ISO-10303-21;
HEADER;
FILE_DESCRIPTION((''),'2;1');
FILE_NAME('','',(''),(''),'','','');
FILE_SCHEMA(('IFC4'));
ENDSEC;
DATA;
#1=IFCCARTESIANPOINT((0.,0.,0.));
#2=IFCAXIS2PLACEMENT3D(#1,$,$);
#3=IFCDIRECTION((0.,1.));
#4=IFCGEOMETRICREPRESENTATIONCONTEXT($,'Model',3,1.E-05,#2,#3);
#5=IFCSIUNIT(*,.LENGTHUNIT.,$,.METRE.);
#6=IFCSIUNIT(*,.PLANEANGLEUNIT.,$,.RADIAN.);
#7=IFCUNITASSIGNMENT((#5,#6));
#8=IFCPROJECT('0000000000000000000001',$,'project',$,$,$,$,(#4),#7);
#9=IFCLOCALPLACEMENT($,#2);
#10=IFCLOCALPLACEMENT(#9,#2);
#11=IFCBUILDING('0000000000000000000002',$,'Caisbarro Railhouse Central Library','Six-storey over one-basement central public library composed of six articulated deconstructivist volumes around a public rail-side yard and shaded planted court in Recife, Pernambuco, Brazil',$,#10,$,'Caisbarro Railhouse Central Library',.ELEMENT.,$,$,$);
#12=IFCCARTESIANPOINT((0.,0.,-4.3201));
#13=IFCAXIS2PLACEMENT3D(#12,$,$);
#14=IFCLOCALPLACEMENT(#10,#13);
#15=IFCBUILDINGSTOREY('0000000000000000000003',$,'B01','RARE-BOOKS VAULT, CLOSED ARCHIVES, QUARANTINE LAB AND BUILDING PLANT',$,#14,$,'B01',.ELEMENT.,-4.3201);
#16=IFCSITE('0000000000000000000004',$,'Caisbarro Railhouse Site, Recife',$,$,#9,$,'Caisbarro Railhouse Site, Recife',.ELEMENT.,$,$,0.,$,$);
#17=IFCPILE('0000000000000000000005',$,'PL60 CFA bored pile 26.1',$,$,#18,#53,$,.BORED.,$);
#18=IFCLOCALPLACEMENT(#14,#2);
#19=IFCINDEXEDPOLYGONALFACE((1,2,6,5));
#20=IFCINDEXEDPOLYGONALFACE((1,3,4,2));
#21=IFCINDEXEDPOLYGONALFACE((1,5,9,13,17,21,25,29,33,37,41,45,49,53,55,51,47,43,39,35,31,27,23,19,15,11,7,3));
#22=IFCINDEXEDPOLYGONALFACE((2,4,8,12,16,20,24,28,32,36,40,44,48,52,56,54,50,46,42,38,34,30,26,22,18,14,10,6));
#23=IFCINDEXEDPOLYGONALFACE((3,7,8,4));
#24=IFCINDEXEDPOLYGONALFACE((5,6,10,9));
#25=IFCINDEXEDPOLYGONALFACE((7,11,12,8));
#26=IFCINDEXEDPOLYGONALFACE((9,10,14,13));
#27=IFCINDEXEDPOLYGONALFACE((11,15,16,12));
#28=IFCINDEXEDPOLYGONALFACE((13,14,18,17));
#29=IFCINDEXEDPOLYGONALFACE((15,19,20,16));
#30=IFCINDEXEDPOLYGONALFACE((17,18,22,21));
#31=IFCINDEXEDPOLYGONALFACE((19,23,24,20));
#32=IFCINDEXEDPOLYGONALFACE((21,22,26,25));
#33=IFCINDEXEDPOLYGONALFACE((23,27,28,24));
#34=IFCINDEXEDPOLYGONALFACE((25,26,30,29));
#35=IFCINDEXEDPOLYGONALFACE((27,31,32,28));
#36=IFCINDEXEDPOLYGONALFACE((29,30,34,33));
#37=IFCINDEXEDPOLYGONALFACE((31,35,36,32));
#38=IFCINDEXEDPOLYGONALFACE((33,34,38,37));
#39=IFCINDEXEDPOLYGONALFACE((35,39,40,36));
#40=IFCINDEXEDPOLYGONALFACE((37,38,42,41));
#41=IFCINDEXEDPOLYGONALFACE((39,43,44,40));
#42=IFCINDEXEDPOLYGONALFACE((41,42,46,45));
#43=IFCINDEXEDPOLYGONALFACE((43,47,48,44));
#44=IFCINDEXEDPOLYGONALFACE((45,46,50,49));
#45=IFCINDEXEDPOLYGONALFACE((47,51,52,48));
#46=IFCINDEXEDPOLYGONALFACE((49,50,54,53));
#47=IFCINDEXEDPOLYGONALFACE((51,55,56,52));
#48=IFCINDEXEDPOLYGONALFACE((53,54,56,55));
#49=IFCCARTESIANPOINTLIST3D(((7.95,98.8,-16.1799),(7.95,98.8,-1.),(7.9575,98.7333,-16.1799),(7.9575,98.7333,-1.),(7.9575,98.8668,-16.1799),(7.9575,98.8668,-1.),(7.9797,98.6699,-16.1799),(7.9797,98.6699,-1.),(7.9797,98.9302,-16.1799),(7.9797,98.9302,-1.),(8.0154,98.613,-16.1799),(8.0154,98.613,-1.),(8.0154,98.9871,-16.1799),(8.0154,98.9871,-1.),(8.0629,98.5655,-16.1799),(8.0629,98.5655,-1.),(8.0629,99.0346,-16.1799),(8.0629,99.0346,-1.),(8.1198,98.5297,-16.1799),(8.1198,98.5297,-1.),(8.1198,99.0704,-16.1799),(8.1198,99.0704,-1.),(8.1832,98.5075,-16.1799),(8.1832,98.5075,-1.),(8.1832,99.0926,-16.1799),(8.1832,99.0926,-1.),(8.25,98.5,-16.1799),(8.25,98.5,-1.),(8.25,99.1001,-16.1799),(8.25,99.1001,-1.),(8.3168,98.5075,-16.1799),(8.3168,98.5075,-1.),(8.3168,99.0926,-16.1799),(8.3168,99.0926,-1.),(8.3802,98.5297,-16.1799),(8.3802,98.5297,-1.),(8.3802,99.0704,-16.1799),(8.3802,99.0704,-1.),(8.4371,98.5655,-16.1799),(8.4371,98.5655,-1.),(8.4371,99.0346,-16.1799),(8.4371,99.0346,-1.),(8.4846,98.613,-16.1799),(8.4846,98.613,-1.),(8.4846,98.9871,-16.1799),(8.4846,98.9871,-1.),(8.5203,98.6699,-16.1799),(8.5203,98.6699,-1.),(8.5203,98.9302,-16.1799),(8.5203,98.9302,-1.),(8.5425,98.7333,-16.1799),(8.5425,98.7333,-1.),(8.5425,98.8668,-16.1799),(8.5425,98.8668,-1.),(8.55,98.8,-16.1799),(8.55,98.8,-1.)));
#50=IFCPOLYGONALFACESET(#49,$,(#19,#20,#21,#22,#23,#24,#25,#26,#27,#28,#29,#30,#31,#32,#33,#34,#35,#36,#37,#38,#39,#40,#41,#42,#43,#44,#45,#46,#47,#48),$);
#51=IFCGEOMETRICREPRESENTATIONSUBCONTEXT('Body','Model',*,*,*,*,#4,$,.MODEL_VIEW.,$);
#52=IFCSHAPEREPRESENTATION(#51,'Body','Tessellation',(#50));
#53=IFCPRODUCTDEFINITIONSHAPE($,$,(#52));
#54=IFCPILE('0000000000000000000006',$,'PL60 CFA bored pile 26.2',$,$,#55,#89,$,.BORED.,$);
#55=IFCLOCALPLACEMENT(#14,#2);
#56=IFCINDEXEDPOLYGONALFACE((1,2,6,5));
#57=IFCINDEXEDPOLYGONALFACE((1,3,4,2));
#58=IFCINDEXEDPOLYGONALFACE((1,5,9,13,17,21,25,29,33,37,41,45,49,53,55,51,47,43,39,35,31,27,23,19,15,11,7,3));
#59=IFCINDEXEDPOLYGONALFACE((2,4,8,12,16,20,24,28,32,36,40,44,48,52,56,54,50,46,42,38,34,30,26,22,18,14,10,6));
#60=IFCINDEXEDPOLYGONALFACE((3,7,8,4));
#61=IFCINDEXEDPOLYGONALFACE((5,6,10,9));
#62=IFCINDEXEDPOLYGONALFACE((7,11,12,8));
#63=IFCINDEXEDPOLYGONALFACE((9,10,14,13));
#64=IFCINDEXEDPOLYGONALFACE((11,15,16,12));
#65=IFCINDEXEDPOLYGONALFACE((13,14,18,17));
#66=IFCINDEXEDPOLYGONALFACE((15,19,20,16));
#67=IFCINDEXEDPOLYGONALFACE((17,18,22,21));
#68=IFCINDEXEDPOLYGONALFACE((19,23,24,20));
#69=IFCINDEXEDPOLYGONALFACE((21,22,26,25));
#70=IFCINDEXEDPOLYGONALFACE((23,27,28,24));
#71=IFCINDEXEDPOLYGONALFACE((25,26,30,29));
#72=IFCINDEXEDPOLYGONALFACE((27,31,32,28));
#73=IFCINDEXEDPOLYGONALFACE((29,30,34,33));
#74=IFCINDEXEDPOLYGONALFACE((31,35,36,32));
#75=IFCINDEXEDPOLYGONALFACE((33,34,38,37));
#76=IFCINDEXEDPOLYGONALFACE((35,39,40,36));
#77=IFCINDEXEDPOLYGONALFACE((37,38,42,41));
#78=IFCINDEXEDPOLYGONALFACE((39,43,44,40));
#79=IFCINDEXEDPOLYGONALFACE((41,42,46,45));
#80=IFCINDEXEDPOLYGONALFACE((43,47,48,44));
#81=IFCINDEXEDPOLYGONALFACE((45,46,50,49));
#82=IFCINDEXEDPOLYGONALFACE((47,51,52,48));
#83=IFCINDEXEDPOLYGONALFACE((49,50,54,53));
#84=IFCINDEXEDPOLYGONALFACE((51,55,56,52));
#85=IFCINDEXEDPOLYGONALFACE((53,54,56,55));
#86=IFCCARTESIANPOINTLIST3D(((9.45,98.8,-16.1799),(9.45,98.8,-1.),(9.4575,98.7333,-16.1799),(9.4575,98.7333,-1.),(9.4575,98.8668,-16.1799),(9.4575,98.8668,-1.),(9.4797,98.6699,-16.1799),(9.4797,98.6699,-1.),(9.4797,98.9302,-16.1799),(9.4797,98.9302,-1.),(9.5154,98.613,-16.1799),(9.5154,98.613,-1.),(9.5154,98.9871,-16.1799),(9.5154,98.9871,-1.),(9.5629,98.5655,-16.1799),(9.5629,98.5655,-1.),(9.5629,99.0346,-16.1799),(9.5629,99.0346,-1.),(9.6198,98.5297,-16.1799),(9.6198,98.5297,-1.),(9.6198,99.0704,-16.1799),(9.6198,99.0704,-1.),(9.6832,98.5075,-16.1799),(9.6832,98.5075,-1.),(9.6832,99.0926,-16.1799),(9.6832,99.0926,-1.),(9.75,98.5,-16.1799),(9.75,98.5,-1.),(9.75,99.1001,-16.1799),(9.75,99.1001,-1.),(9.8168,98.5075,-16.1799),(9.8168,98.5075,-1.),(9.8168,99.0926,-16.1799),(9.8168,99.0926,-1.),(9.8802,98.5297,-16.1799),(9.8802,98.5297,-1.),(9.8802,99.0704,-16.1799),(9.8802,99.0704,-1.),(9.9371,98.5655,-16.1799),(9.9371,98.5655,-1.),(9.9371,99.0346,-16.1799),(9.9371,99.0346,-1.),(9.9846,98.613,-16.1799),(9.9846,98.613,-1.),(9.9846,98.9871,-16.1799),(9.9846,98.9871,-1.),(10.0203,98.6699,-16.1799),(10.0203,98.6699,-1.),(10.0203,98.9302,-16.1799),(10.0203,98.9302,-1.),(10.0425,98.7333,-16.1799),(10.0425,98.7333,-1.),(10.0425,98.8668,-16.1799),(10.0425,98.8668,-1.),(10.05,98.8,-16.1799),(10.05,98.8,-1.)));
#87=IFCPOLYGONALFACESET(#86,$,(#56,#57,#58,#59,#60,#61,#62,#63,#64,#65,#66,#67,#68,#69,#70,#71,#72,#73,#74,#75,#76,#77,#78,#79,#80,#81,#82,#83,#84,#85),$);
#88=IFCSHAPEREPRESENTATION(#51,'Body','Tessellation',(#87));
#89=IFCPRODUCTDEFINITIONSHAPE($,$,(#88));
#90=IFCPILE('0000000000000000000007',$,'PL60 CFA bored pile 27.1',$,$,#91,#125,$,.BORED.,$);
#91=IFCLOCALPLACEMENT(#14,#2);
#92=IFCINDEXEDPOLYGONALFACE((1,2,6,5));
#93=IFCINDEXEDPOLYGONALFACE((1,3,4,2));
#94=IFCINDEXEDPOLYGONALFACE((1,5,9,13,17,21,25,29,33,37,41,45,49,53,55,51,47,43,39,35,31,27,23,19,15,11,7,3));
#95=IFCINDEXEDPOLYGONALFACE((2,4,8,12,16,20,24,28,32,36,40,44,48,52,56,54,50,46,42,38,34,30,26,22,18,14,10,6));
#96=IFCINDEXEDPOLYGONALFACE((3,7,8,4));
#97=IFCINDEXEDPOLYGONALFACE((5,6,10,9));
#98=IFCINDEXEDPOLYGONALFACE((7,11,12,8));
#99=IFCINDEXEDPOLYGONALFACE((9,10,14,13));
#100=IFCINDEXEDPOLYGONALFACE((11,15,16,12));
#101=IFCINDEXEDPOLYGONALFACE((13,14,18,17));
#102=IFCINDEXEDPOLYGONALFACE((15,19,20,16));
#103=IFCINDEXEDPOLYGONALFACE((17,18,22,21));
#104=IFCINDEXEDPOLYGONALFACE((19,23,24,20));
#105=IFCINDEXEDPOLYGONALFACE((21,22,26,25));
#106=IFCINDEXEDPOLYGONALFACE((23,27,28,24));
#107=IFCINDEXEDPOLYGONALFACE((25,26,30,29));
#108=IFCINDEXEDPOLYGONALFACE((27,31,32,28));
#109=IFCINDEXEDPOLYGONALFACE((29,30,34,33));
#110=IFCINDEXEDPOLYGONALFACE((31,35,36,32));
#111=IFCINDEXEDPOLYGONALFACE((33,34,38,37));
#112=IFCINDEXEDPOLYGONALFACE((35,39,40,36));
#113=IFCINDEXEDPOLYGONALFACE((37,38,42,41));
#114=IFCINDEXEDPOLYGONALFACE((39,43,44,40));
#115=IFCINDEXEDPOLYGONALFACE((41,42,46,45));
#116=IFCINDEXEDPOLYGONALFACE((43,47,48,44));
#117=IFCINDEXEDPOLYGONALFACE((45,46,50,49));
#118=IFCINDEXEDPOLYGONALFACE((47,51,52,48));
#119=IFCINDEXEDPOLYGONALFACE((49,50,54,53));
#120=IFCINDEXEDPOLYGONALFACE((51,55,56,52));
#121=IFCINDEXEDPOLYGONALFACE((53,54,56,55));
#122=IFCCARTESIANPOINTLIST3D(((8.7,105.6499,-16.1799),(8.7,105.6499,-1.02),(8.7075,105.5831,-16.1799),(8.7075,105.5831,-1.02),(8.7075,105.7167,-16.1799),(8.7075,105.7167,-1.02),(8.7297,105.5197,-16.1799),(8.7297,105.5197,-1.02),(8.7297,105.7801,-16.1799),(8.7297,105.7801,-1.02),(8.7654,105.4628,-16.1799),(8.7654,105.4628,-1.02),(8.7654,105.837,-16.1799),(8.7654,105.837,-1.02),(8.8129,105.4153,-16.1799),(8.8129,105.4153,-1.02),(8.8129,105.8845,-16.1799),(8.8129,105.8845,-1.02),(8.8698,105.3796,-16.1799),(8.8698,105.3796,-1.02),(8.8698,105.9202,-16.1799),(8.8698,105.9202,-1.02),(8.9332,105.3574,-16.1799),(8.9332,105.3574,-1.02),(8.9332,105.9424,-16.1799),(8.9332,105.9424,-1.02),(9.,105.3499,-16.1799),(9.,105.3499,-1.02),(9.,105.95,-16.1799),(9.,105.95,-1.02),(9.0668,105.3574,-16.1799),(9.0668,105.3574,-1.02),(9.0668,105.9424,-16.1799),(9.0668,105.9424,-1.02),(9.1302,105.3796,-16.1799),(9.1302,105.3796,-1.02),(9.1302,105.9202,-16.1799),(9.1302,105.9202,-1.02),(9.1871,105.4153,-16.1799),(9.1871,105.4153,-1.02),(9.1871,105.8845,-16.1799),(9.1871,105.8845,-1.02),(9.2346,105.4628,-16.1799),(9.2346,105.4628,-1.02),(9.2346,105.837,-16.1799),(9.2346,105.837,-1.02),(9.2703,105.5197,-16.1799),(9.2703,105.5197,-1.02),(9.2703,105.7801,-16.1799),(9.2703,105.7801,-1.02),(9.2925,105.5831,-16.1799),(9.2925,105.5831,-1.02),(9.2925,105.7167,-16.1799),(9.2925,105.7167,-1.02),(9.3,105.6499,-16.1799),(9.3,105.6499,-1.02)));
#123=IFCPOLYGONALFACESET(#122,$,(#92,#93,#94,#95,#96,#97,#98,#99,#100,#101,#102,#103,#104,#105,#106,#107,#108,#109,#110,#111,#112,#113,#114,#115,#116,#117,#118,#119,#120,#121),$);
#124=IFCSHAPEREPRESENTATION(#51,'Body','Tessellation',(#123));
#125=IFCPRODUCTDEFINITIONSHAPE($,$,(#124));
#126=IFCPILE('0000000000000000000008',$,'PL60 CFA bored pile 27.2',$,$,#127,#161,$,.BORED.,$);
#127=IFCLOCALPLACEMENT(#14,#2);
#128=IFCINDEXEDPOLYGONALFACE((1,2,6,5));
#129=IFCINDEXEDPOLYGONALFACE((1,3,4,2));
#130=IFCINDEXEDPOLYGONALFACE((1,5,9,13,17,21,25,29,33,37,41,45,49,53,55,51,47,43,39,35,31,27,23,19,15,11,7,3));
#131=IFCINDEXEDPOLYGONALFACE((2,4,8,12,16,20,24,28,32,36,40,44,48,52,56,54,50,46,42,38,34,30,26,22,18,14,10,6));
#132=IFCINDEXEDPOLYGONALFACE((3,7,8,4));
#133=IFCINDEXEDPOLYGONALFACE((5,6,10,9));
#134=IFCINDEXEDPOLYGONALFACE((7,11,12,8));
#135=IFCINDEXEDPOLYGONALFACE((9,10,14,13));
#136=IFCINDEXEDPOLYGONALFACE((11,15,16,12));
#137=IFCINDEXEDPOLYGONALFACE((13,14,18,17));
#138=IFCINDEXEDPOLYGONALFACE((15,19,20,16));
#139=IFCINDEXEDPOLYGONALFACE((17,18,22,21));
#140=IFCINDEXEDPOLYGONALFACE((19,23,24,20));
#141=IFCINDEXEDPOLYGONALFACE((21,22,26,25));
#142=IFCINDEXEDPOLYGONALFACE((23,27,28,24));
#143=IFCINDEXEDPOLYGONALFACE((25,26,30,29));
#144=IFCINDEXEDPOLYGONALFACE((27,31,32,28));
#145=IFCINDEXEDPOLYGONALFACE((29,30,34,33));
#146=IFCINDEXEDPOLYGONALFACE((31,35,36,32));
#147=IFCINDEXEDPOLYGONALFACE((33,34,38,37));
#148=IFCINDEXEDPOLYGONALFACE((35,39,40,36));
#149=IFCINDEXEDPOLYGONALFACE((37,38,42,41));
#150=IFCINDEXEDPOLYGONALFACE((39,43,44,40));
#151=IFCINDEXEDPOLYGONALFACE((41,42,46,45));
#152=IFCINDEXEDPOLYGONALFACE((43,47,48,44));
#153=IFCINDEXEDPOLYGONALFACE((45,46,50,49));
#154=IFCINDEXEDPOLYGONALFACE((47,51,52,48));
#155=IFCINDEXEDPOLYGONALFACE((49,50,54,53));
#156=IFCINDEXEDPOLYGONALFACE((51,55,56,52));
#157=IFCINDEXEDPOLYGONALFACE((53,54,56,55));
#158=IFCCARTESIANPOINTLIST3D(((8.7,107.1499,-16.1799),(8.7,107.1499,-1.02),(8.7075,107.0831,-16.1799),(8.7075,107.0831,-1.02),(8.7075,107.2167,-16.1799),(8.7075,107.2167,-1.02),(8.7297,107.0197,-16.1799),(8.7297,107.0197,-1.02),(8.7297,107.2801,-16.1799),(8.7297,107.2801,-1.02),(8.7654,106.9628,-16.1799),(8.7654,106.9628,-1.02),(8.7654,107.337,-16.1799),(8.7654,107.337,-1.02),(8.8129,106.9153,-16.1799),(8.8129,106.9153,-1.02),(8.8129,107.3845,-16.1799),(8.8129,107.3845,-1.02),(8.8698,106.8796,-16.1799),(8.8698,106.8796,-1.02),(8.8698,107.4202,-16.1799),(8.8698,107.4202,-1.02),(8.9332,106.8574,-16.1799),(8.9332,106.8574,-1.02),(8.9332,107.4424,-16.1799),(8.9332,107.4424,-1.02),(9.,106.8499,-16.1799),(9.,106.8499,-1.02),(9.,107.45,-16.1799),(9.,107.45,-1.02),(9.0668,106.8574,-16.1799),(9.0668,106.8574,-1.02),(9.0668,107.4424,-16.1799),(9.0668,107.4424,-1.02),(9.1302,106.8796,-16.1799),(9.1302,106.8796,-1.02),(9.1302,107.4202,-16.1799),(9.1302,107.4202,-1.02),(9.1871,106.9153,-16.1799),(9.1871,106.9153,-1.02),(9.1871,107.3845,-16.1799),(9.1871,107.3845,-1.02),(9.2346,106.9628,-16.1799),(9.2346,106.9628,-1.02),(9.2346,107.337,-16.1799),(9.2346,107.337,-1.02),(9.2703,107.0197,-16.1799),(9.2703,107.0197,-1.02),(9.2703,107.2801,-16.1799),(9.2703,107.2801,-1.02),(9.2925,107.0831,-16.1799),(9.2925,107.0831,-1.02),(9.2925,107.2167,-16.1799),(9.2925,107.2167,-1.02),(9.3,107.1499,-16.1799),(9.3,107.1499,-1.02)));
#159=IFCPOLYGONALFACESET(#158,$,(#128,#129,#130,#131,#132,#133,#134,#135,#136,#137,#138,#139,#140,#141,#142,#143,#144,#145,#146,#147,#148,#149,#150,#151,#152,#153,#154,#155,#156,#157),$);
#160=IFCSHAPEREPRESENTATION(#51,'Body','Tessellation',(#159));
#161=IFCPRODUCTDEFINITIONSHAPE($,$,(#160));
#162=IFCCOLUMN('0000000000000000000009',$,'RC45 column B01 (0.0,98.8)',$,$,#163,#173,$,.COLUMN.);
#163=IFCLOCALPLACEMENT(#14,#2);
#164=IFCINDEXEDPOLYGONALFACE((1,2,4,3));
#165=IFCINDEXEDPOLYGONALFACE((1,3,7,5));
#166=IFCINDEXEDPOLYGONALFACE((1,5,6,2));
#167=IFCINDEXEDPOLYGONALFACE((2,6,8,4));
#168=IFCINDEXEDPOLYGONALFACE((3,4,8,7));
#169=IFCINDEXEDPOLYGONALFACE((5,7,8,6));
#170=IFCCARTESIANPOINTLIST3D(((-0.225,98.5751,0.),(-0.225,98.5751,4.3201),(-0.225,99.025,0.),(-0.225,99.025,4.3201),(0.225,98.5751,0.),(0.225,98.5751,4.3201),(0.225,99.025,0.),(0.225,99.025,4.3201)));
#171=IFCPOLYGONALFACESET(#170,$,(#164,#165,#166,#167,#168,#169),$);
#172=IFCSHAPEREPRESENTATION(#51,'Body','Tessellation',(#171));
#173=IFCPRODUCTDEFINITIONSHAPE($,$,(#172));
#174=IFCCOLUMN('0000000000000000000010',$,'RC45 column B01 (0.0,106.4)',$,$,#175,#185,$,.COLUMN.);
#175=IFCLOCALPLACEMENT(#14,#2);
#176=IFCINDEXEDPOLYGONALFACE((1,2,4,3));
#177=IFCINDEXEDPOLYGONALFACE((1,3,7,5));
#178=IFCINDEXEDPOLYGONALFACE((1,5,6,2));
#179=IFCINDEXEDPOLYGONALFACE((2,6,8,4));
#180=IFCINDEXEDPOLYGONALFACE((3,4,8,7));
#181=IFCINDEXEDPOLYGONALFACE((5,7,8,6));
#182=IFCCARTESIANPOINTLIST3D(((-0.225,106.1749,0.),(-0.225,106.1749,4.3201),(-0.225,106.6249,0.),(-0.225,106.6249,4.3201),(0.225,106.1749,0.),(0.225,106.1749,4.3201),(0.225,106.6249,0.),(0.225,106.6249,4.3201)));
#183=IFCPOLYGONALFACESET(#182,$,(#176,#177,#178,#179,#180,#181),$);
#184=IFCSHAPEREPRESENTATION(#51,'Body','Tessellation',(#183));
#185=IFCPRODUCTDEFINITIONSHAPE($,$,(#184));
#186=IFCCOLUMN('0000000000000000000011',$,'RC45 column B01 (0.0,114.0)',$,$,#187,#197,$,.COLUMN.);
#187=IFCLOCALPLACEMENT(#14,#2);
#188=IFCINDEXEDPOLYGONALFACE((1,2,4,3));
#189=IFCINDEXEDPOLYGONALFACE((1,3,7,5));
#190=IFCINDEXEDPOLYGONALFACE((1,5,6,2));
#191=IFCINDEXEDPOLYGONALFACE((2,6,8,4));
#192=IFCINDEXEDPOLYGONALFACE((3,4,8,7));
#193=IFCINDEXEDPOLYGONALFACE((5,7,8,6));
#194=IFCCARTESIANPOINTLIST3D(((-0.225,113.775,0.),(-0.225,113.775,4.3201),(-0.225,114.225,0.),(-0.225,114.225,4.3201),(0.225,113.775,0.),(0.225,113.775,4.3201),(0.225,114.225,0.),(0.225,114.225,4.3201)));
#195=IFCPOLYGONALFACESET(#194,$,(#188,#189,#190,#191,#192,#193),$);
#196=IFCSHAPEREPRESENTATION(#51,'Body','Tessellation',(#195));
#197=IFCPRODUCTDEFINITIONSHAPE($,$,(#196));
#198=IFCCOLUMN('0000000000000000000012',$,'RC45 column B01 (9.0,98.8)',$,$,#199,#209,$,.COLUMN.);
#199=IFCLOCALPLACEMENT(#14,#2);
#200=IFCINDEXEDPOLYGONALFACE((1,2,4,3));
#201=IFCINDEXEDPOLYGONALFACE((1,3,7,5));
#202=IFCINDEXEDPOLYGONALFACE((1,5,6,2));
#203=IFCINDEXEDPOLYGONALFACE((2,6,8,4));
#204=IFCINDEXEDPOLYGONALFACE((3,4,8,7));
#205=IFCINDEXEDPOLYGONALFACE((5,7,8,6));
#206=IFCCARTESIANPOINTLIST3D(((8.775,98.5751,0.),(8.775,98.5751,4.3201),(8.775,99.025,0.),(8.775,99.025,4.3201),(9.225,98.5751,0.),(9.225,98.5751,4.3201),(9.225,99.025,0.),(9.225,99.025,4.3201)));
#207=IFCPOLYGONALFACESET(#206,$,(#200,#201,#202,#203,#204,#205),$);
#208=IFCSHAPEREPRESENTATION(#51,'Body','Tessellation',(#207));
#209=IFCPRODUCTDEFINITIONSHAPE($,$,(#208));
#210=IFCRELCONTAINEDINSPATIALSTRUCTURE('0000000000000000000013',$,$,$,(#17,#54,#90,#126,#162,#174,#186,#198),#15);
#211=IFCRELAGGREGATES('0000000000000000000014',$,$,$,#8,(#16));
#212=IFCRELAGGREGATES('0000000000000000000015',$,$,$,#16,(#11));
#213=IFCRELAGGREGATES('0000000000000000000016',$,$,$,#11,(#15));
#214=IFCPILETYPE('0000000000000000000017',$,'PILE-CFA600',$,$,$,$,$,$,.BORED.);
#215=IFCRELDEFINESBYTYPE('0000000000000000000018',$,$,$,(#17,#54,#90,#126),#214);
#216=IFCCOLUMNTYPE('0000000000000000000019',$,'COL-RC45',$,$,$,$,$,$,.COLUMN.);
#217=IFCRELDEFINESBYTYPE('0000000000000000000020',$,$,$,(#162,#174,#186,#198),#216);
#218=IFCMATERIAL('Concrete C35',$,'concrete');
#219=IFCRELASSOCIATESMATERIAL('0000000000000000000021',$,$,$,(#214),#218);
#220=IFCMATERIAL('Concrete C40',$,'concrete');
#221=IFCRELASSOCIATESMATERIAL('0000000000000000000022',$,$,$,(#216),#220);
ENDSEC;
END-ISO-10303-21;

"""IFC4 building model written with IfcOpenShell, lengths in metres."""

from ifc_helpers import new_model, si_unit, direction, frame, origin, origin_2d, place, context, subcontext, project, spatial, rectangle, circle, extrude, material, material_profile, profile_set, type_object, element, save


model = new_model("IFC4")

# Units and contexts
model_context = context("Model", 3, precision=1e-05, world=origin(), true_north=direction((0.0, 1.0)))
body_context = subcontext(model_context, "Body", "Model", "MODEL_VIEW")
ifc_project = project(units=[si_unit("LENGTHUNIT", "METRE"), si_unit("PLANEANGLEUNIT", "RADIAN")], contexts=[model_context])

# Site, building, storey
site_placement = place(None, origin())
site = spatial("IfcSite", under=ifc_project, at=site_placement, Name="Caisbarro Railhouse Site, Recife", LongName="Caisbarro Railhouse Site, Recife", CompositionType="ELEMENT", RefElevation=0.0)
building_placement = place(site_placement, origin())
building = spatial("IfcBuilding", under=site, at=building_placement, Name="Caisbarro Railhouse Central Library", Description="Six-storey over one-basement central public library composed of six articulated deconstructivist volumes around a public rail-side yard and shaded planted court in Recife, Pernambuco, Brazil", LongName="Caisbarro Railhouse Central Library", CompositionType="ELEMENT")
storey_placement = place(building_placement, frame((0.0, 0.0, -4.3201)))
storey = spatial("IfcBuildingStorey", under=building, at=storey_placement, Name="B01", Description="RARE-BOOKS VAULT, CLOSED ARCHIVES, QUARANTINE LAB AND BUILDING PLANT", LongName="B01", CompositionType="ELEMENT", Elevation=-4.3201)

# Shared definitions
ifc_material_1 = material(Name="Concrete C35", Category="concrete")
ifc_material_2 = material(Name="Concrete C40", Category="concrete")

# Piles
ifc_material_profile_1 = material_profile(ifc_material_1, circle(Radius=0.3, at=origin_2d()), Name="PILE-CFA-600")
ifc_profile_set_1 = profile_set([ifc_material_profile_1], Name="Concrete C35")
pile_type_1 = type_object("IfcPileType", Name="PILE-CFA600", PredefinedType="BORED", material=ifc_profile_set_1)
for number, where, z_axis, x_axis, name in (
    (1, (8.25, 98.8, -1.0), (0.0, 0.0, -1.0), (1.0, 0.0, 0.0), "PL60 CFA bored pile 26.1"),
    (2, (9.75, 98.8, -1.0), (0.0, 0.0, -1.0), (1.0, 0.0, 0.0), "PL60 CFA bored pile 26.2"),
):
    element("IfcPile", number, at=place(storey_placement, frame(where, z_axis=z_axis, x_axis=x_axis)), inside=storey, type_object=pile_type_1, Name=name, PredefinedType="BORED", context=body_context, shape_type="SweptSolid", body=[
        extrude(circle(Radius=0.3, at=origin_2d()), origin(), (0.0, 0.0, 1.0), 15.1799),
    ])
for number, where, z_axis, x_axis, name in (
    (3, (9.0, 105.6499, -1.02), (0.0, 0.0, -1.0), (1.0, 0.0, 0.0), "PL60 CFA bored pile 27.1"),
    (4, (9.0, 107.1499, -1.02), (0.0, 0.0, -1.0), (1.0, 0.0, 0.0), "PL60 CFA bored pile 27.2"),
):
    element("IfcPile", number, at=place(storey_placement, frame(where, z_axis=z_axis, x_axis=x_axis)), inside=storey, type_object=pile_type_1, Name=name, PredefinedType="BORED", context=body_context, shape_type="SweptSolid", body=[
        extrude(circle(Radius=0.3, at=origin_2d()), origin(), (0.0, 0.0, 1.0), 15.1599),
    ])

# Columns
ifc_material_profile_2 = material_profile(ifc_material_2, rectangle(XDim=0.45, YDim=0.45, at=origin_2d()), Name="RC-COL-450X450")
ifc_profile_set_2 = profile_set([ifc_material_profile_2], Name="Concrete C40")
column_type = type_object("IfcColumnType", Name="COL-RC45", PredefinedType="COLUMN", material=ifc_profile_set_2)
for number, where, z_axis, x_axis, name in (
    (5, (0.0, 98.8, 0.0), (0.0, 0.0, 1.0), (1.0, 0.0, 0.0), "RC45 column B01 (0.0,98.8)"),
    (6, (0.0, 106.3999, 0.0), (0.0, 0.0, 1.0), (1.0, 0.0, 0.0), "RC45 column B01 (0.0,106.4)"),
    (7, (0.0, 114.0, 0.0), (0.0, 0.0, 1.0), (1.0, 0.0, 0.0), "RC45 column B01 (0.0,114.0)"),
    (8, (9.0, 98.8, 0.0), (0.0, 0.0, 1.0), (1.0, 0.0, 0.0), "RC45 column B01 (9.0,98.8)"),
):
    element("IfcColumn", number, at=place(storey_placement, frame(where, z_axis=z_axis, x_axis=x_axis)), inside=storey, type_object=column_type, Name=name, PredefinedType="COLUMN", context=body_context, shape_type="SweptSolid", body=[
        extrude(rectangle(XDim=0.45, YDim=0.45, at=origin_2d()), origin(), (0.0, 0.0, 1.0), 4.3201),
    ])

save(model, "model.ifc")
